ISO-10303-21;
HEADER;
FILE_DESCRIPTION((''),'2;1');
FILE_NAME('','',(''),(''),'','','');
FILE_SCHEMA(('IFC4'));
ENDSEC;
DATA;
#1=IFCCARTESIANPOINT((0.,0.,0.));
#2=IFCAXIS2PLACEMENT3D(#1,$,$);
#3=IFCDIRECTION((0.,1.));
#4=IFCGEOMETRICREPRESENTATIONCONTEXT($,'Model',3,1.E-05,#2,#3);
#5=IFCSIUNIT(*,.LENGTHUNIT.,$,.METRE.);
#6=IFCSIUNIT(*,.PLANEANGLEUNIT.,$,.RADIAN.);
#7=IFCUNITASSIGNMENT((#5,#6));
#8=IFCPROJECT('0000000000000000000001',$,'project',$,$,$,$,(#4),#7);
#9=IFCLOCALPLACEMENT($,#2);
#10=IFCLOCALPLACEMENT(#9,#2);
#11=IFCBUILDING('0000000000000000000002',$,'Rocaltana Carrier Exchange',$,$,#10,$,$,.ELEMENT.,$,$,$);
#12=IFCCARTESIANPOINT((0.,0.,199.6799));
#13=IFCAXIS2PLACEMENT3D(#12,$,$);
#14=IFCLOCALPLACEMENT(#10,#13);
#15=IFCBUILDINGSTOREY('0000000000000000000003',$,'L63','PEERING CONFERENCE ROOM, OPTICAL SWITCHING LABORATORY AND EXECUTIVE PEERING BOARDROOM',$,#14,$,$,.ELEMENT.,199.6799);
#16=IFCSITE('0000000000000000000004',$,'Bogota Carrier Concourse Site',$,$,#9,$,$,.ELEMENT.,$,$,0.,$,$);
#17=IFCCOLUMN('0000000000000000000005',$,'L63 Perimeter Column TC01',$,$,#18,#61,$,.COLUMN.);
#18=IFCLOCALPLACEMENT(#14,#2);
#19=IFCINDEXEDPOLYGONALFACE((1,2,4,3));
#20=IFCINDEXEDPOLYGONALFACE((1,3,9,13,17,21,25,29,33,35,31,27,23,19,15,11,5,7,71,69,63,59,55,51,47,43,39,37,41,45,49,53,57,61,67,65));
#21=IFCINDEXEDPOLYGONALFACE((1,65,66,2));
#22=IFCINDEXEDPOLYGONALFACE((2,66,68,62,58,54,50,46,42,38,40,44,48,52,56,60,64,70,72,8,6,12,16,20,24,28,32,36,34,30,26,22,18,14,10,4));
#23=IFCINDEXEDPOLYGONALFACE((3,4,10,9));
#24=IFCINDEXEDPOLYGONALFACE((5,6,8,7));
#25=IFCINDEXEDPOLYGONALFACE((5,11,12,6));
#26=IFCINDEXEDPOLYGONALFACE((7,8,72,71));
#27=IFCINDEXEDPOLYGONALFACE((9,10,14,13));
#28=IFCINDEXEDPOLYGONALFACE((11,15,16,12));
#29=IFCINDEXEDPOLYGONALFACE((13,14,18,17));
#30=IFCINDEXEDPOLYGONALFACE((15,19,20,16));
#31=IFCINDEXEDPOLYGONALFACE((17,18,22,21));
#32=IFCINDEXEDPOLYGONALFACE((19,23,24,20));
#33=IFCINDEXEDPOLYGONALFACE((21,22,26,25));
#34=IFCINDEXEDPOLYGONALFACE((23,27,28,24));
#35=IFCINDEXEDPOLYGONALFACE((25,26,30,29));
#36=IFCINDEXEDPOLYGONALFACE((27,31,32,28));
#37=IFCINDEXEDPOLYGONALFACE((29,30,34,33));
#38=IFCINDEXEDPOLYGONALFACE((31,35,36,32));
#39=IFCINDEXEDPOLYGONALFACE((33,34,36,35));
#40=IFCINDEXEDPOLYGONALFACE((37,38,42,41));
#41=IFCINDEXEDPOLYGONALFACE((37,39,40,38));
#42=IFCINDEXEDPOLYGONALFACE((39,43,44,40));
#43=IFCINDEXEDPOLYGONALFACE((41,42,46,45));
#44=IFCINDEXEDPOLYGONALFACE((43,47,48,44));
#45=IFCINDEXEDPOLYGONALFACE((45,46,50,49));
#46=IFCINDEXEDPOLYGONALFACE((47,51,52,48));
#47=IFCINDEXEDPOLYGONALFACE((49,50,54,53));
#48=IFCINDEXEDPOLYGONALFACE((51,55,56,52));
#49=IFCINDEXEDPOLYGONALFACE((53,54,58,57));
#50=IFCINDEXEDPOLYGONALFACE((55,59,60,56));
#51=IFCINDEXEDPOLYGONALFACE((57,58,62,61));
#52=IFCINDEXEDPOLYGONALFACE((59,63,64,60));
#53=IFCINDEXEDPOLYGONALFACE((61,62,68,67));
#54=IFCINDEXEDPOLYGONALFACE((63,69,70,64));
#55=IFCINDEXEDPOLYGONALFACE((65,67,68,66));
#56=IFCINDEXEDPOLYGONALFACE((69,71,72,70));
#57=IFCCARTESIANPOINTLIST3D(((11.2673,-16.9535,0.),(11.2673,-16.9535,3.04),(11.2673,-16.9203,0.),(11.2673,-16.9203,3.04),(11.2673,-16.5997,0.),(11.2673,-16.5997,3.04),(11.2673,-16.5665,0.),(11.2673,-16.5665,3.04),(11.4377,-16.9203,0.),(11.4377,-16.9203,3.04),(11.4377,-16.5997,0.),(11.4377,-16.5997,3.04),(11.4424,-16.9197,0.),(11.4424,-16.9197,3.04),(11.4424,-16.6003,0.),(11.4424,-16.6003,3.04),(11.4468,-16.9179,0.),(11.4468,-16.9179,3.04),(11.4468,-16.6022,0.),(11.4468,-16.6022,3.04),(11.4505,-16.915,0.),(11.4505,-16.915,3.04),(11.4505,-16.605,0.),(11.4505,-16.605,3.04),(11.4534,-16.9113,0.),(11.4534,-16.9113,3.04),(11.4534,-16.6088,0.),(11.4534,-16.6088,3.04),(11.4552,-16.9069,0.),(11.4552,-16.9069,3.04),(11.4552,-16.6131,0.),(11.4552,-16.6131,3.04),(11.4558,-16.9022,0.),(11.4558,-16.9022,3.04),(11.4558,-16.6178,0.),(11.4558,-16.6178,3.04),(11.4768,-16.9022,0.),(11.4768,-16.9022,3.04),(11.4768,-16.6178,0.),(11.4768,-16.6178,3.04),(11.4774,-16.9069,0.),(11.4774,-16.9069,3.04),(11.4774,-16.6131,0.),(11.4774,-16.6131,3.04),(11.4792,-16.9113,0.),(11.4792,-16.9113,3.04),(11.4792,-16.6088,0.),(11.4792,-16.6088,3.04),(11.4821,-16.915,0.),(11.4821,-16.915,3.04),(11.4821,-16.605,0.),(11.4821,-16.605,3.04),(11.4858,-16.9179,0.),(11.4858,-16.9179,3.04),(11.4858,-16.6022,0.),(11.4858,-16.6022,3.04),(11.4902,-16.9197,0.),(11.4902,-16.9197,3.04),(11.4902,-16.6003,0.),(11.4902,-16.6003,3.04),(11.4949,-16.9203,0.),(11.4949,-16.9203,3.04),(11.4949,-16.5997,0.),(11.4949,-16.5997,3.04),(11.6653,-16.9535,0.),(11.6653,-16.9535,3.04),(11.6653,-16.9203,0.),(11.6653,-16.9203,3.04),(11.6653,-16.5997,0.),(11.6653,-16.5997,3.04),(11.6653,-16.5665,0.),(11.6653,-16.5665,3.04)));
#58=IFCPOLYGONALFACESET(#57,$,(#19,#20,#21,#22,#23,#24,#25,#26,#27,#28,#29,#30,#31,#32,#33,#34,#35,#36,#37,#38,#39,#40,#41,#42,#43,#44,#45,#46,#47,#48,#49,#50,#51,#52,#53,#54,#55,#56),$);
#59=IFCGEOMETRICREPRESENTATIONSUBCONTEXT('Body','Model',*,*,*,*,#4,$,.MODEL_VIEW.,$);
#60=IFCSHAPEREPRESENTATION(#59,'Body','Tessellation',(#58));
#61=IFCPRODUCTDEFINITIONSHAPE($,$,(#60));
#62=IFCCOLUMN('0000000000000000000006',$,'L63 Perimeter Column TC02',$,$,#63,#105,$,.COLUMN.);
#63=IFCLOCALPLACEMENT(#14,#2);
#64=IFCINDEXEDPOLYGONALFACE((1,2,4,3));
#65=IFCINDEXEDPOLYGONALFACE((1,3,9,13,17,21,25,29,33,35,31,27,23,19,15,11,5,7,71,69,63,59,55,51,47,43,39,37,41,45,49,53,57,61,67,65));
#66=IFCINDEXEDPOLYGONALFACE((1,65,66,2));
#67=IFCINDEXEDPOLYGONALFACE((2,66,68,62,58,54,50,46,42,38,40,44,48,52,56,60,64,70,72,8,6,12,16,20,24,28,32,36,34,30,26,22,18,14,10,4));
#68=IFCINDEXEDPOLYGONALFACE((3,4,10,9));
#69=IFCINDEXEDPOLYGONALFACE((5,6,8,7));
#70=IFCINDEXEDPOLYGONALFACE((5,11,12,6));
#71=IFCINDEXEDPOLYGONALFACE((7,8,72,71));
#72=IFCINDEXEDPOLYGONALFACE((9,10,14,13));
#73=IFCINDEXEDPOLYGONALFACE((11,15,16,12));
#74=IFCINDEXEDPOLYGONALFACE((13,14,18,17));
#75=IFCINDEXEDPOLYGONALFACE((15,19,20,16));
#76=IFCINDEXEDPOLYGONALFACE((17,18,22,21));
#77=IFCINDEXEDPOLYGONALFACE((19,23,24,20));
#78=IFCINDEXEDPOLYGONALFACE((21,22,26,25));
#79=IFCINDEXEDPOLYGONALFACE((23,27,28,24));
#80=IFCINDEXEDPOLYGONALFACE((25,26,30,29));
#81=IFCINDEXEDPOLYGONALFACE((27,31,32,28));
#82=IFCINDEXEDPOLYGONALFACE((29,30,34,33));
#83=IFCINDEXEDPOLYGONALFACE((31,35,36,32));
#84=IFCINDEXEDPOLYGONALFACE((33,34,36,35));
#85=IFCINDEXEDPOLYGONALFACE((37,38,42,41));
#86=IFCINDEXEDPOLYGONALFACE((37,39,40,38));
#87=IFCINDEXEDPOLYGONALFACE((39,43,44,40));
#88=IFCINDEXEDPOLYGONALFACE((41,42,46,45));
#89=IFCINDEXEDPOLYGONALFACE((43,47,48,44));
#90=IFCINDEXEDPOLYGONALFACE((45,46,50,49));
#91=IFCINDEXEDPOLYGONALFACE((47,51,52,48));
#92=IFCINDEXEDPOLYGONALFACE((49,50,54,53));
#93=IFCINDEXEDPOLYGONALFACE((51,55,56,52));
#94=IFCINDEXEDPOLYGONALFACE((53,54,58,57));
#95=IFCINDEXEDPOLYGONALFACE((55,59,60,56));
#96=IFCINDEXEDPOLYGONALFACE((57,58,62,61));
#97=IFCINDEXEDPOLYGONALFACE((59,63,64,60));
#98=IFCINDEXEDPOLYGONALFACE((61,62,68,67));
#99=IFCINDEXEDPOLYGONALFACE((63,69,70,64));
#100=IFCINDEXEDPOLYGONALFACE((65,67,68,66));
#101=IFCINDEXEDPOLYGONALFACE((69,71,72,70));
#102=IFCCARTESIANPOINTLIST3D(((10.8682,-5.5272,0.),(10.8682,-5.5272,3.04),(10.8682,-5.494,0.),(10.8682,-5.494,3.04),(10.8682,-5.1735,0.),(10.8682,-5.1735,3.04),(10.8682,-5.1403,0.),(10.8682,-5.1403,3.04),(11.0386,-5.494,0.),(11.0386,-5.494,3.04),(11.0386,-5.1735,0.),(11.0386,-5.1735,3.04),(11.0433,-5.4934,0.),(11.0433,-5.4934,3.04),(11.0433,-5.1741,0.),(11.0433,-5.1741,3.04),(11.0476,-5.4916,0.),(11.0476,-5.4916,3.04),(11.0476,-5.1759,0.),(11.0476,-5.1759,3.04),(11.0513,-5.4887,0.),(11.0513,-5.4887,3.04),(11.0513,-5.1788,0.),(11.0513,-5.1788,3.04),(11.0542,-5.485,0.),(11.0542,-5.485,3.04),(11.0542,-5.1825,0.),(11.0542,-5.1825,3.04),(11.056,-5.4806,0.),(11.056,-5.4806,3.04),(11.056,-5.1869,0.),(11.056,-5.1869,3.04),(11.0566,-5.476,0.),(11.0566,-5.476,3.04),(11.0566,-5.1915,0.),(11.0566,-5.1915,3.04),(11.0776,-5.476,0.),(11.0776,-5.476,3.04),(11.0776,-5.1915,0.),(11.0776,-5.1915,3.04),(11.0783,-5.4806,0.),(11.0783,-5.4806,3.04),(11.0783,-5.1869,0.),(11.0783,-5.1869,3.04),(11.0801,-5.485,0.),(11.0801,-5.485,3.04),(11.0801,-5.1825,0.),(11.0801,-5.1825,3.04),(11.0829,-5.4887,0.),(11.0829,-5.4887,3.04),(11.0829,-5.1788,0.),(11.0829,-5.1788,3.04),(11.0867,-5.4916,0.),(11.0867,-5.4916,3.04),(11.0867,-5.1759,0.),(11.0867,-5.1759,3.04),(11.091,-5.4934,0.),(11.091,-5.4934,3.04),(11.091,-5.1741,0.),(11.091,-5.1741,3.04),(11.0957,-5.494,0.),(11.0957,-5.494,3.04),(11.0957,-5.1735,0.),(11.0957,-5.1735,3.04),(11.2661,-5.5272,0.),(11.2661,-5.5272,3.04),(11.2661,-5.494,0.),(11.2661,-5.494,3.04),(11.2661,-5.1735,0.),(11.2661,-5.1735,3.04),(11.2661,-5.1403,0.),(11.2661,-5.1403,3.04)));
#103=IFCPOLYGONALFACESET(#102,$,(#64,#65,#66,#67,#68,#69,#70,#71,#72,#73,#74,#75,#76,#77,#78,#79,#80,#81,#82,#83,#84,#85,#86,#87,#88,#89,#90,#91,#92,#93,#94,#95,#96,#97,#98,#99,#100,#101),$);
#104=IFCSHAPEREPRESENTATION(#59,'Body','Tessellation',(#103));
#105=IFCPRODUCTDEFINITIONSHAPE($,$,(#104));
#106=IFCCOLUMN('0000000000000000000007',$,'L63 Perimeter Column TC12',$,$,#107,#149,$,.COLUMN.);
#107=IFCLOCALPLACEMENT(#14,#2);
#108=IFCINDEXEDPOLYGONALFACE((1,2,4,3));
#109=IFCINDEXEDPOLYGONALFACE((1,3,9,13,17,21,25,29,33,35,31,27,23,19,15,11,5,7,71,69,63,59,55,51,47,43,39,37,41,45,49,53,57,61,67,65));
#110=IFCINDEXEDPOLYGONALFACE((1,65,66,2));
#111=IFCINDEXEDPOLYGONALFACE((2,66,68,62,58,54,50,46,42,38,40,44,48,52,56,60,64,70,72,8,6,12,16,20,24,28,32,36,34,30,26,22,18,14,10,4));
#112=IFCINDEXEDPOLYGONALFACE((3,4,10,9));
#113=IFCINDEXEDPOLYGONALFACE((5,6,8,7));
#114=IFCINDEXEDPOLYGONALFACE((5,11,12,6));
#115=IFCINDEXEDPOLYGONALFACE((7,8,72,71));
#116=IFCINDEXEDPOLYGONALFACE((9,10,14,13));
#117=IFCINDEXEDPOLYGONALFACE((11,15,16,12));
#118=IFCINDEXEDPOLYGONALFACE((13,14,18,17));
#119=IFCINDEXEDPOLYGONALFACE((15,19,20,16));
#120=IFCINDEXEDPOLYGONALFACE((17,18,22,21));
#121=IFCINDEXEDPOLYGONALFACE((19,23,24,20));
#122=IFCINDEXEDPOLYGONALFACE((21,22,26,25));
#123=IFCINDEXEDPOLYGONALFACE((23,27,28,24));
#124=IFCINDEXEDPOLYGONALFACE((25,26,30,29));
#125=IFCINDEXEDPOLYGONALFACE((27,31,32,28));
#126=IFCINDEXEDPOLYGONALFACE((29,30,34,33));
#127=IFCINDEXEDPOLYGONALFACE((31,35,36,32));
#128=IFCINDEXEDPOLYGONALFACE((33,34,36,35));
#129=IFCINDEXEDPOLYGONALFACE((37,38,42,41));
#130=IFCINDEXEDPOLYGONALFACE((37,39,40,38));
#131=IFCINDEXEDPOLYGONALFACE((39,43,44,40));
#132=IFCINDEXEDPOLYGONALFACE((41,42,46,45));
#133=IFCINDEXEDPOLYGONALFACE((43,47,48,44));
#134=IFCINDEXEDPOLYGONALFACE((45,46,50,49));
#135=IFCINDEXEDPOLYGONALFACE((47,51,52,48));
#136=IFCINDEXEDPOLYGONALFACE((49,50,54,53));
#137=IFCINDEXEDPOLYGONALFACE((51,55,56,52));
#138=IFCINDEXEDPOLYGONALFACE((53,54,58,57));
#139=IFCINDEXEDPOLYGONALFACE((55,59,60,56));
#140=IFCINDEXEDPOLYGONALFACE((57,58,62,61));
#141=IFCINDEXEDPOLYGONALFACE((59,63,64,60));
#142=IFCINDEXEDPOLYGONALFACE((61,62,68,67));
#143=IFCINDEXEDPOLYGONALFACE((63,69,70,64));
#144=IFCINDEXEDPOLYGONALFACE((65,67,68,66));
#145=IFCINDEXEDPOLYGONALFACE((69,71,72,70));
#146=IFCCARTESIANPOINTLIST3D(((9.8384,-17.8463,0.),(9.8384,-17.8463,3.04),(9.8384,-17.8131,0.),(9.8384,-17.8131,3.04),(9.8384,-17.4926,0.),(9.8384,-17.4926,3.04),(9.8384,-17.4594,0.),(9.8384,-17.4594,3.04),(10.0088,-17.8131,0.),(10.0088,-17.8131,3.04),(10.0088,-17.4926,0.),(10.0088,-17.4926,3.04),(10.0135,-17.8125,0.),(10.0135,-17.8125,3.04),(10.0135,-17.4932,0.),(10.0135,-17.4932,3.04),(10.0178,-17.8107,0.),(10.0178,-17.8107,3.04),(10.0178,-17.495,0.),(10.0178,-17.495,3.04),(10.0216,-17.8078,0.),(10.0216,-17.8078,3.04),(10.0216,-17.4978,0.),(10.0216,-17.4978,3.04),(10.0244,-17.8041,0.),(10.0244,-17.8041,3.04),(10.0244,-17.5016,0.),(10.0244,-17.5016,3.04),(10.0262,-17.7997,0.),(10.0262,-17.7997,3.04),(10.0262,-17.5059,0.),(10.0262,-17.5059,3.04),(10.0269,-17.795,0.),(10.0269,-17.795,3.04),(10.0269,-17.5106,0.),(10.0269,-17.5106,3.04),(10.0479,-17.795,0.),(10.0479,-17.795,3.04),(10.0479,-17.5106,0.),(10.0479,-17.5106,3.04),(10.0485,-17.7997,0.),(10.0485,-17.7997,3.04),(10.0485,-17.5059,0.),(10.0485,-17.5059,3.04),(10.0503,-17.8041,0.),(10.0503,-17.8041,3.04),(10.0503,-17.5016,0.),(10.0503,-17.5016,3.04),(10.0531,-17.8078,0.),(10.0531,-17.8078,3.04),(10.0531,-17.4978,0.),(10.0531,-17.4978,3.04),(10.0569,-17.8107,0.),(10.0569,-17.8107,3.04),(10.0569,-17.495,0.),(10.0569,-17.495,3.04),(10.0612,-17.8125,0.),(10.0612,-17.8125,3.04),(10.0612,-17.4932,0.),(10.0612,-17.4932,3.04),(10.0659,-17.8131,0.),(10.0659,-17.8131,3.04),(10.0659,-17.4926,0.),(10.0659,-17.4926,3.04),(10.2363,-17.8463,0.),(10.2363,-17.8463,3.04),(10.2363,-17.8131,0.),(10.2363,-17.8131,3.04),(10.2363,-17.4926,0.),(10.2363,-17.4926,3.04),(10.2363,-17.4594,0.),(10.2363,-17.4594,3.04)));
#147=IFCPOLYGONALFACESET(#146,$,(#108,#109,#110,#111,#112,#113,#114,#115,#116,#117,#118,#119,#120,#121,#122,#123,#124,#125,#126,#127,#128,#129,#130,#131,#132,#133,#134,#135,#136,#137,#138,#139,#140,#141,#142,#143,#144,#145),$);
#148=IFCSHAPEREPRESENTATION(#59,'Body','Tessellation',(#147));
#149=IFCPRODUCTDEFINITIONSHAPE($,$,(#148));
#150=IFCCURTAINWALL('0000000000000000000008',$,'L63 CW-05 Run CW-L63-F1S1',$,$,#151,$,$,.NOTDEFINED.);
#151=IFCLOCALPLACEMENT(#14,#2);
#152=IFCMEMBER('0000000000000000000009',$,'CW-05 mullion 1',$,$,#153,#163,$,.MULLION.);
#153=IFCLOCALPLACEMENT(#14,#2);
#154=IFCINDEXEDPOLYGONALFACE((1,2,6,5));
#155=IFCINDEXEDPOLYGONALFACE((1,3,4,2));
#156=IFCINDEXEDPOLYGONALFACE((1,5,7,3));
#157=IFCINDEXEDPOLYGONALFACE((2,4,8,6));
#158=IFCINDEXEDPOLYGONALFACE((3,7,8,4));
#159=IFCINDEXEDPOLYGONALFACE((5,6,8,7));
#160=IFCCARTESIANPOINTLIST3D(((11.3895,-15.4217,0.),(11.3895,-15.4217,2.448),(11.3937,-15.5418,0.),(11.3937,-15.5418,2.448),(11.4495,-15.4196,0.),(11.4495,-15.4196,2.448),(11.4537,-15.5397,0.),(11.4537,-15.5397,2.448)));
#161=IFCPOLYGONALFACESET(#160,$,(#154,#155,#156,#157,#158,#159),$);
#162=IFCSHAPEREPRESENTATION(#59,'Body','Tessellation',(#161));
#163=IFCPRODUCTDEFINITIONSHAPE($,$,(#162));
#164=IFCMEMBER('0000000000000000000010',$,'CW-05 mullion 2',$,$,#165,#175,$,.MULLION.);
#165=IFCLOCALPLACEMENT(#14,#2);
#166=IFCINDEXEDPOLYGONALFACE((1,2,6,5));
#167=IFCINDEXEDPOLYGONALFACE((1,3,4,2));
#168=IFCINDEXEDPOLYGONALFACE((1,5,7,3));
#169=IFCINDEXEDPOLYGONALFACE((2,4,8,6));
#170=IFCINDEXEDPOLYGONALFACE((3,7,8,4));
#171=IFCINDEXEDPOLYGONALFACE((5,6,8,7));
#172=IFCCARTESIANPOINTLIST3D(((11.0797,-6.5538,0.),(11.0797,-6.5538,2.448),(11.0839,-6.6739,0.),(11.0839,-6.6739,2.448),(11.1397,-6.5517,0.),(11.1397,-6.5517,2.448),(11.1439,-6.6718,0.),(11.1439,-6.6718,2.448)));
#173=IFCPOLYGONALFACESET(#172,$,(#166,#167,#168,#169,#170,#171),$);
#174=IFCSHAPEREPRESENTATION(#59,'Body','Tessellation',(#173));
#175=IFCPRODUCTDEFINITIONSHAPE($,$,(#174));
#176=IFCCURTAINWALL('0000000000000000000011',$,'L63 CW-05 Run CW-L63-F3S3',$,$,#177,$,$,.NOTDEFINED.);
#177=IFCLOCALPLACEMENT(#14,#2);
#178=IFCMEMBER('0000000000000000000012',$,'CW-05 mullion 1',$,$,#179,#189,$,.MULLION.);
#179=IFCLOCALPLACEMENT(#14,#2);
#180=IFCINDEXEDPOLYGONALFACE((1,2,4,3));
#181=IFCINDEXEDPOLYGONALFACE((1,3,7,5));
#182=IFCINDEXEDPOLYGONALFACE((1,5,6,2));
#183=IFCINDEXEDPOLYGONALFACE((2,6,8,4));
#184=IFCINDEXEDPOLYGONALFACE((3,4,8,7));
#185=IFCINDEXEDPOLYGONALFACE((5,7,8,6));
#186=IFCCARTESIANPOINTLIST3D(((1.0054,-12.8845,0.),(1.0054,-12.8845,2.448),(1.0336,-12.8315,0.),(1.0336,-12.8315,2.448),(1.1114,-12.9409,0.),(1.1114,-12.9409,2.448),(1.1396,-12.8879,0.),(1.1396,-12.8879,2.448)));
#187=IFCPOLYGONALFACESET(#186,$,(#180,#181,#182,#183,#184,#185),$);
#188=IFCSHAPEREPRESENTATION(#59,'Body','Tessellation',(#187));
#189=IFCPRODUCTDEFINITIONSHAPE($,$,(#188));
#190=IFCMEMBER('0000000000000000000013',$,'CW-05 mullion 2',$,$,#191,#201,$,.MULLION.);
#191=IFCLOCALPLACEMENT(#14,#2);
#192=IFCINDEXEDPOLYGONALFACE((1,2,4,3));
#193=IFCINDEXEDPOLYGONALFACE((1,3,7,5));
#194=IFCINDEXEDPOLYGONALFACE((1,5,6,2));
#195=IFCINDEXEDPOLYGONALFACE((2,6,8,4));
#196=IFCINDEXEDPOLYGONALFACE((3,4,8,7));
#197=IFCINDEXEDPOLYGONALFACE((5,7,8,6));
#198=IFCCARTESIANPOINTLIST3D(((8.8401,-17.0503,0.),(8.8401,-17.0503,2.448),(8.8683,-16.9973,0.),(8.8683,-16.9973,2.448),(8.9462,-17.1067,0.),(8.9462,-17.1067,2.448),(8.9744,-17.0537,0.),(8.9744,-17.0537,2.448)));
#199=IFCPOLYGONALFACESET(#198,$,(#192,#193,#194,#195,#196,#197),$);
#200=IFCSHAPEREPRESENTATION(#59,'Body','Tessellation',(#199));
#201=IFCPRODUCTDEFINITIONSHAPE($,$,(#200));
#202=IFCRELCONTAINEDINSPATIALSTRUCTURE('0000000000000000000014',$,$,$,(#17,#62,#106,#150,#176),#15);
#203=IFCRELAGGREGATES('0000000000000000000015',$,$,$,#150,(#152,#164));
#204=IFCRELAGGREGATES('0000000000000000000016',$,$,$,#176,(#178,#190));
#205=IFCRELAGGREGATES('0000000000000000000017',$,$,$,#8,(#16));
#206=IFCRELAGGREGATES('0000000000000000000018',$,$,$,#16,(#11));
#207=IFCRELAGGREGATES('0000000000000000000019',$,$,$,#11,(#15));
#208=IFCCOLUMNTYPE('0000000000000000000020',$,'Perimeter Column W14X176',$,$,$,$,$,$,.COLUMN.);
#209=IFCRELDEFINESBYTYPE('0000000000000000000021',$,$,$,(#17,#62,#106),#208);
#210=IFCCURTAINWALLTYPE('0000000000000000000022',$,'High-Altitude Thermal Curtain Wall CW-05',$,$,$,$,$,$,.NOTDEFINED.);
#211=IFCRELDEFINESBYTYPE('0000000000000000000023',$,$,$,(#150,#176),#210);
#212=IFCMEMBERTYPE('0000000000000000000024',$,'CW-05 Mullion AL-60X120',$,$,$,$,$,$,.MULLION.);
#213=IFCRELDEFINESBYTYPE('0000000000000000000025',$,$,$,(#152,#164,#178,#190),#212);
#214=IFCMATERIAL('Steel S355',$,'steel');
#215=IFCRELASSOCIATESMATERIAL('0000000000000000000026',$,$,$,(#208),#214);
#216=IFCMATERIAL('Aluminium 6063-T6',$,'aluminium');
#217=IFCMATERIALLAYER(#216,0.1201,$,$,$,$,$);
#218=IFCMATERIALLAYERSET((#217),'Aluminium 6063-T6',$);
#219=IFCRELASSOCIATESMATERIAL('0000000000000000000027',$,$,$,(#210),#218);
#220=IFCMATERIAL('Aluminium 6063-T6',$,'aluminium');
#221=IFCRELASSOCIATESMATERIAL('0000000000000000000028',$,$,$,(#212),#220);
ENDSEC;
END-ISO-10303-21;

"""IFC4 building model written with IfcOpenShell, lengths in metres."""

from ifc_helpers import new_model, si_unit, direction, frame, origin, origin_2d, place, context, subcontext, project, spatial, rectangle, i_section, extrude, material, layer, layer_set, material_profile, profile_set, type_object, element, aggregate, save


model = new_model("IFC4")

# Units and contexts
model_context = context("Model", 3, precision=1e-05, world=origin(), true_north=direction((0.0, 1.0)))
body_context = subcontext(model_context, "Body", "Model", "MODEL_VIEW")
ifc_project = project(units=[si_unit("LENGTHUNIT", "METRE"), si_unit("PLANEANGLEUNIT", "RADIAN")], contexts=[model_context])

# Site, building, storey
site_placement = place(None, origin())
site = spatial("IfcSite", under=ifc_project, at=site_placement, Name="Bogota Carrier Concourse Site", CompositionType="ELEMENT", RefElevation=0.0)
building_placement = place(site_placement, origin())
building = spatial("IfcBuilding", under=site, at=building_placement, Name="Rocaltana Carrier Exchange", CompositionType="ELEMENT")
storey_placement = place(building_placement, frame((0.0, 0.0, 199.6799)))
storey = spatial("IfcBuildingStorey", under=building, at=storey_placement, Name="L63", Description="PEERING CONFERENCE ROOM, OPTICAL SWITCHING LABORATORY AND EXECUTIVE PEERING BOARDROOM", CompositionType="ELEMENT", Elevation=199.6799)

# Columns
ifc_material_1 = material(Name="Steel S355", Category="steel")
ifc_material_profile_1 = material_profile(ifc_material_1, i_section(OverallWidth=0.3979, OverallDepth=0.387, WebThickness=0.021, FlangeThickness=0.0332, FilletRadius=0.0181, at=origin_2d()), Name="W14X176")
ifc_profile_set_1 = profile_set([ifc_material_profile_1], Name="Steel S355")
column_type = type_object("IfcColumnType", Name="Perimeter Column W14X176", PredefinedType="COLUMN", material=ifc_profile_set_1)
for number, where, z_axis, x_axis, name in (
    (1, (11.4663, -16.76, 0.0), (0.0, 0.0, 1.0), (1.0, 0.0, 0.0), "L63 Perimeter Column TC01"),
    (2, (11.0671, -5.3337, 0.0), (0.0, 0.0, 1.0), (1.0, 0.0, 0.0), "L63 Perimeter Column TC02"),
    (3, (10.0374, -17.6528, 0.0), (0.0, 0.0, 1.0), (1.0, 0.0, 0.0), "L63 Perimeter Column TC12"),
):
    element("IfcColumn", number, at=place(storey_placement, frame(where, z_axis=z_axis, x_axis=x_axis)), inside=storey, type_object=column_type, Name=name, PredefinedType="COLUMN", context=body_context, shape_type="SweptSolid", body=[
        extrude(i_section(OverallWidth=0.3979, OverallDepth=0.387, WebThickness=0.021, FlangeThickness=0.0332, FilletRadius=0.0181, at=origin_2d()), origin(), (0.0, 0.0, 1.0), 3.04),
    ])

# Curtain walls, members
ifc_material_2 = material(Name="Aluminium 6063-T6", Category="aluminium")
ifc_layer_1 = layer(ifc_material_2, 0.1201)
ifc_layer_set_1 = layer_set([ifc_layer_1], Name="Aluminium 6063-T6")
curtain_wall_type = type_object("IfcCurtainWallType", Name="High-Altitude Thermal Curtain Wall CW-05", PredefinedType="NOTDEFINED", material=ifc_layer_set_1)
curtain_wall_1_placement = place(storey_placement, origin())
curtain_wall_1 = element("IfcCurtainWall", 4, at=curtain_wall_1_placement, inside=storey, type_object=curtain_wall_type, Name="L63 CW-05 Run CW-L63-F1S1", PredefinedType="NOTDEFINED")
ifc_material_3 = material(Name="Aluminium 6063-T6", Category="aluminium")
ifc_material_profile_2 = material_profile(ifc_material_3, rectangle(XDim=0.0601, YDim=0.1201, at=origin_2d()), Name="AL-60X120")
ifc_profile_set_2 = profile_set([ifc_material_profile_2], Name="Aluminium 6063-T6")
member_type_1 = type_object("IfcMemberType", Name="CW-05 Mullion AL-60X120", PredefinedType="MULLION", material=ifc_profile_set_2)
member_1_placement = place(storey_placement, frame((11.4216, -15.4807, 0.0), z_axis=(0.0, 0.0, 1.0), x_axis=(-0.99939, -0.034914, 0.0)))
member_1 = element("IfcMember", 5, at=member_1_placement, type_object=member_type_1, Name="CW-05 mullion 1", PredefinedType="MULLION", context=body_context, shape_type="SweptSolid", body=[
    extrude(rectangle(XDim=0.0601, YDim=0.1201, at=origin_2d()), origin(), (0.0, 0.0, 1.0), 2.448),
])
member_2_placement = place(storey_placement, frame((11.1118, -6.6128, 0.0), z_axis=(0.0, 0.0, 1.0), x_axis=(-0.99939, -0.034914, 0.0)))
member_2 = element("IfcMember", 6, at=member_2_placement, type_object=member_type_1, Name="CW-05 mullion 2", PredefinedType="MULLION", context=body_context, shape_type="SweptSolid", body=[
    extrude(rectangle(XDim=0.0601, YDim=0.1201, at=origin_2d()), origin(), (0.0, 0.0, 1.0), 2.448),
])
curtain_wall_2_placement = place(storey_placement, origin())
curtain_wall_2 = element("IfcCurtainWall", 7, at=curtain_wall_2_placement, inside=storey, type_object=curtain_wall_type, Name="L63 CW-05 Run CW-L63-F3S3", PredefinedType="NOTDEFINED")
member_3_placement = place(storey_placement, frame((1.0725, -12.8862, 0.0), z_axis=(0.0, 0.0, 1.0), x_axis=(0.469475, 0.882946, 0.0)))
member_3 = element("IfcMember", 8, at=member_3_placement, type_object=member_type_1, Name="CW-05 mullion 1", PredefinedType="MULLION", context=body_context, shape_type="SweptSolid", body=[
    extrude(rectangle(XDim=0.0601, YDim=0.1201, at=origin_2d()), origin(), (0.0, 0.0, 1.0), 2.448),
])
member_4_placement = place(storey_placement, frame((8.9072, -17.052, 0.0), z_axis=(0.0, 0.0, 1.0), x_axis=(0.469475, 0.882946, 0.0)))
member_4 = element("IfcMember", 9, at=member_4_placement, type_object=member_type_1, Name="CW-05 mullion 2", PredefinedType="MULLION", context=body_context, shape_type="SweptSolid", body=[
    extrude(rectangle(XDim=0.0601, YDim=0.1201, at=origin_2d()), origin(), (0.0, 0.0, 1.0), 2.448),
])

aggregate(curtain_wall_1, [member_1, member_2])
aggregate(curtain_wall_2, [member_3, member_4])

save(model, "model.ifc")
